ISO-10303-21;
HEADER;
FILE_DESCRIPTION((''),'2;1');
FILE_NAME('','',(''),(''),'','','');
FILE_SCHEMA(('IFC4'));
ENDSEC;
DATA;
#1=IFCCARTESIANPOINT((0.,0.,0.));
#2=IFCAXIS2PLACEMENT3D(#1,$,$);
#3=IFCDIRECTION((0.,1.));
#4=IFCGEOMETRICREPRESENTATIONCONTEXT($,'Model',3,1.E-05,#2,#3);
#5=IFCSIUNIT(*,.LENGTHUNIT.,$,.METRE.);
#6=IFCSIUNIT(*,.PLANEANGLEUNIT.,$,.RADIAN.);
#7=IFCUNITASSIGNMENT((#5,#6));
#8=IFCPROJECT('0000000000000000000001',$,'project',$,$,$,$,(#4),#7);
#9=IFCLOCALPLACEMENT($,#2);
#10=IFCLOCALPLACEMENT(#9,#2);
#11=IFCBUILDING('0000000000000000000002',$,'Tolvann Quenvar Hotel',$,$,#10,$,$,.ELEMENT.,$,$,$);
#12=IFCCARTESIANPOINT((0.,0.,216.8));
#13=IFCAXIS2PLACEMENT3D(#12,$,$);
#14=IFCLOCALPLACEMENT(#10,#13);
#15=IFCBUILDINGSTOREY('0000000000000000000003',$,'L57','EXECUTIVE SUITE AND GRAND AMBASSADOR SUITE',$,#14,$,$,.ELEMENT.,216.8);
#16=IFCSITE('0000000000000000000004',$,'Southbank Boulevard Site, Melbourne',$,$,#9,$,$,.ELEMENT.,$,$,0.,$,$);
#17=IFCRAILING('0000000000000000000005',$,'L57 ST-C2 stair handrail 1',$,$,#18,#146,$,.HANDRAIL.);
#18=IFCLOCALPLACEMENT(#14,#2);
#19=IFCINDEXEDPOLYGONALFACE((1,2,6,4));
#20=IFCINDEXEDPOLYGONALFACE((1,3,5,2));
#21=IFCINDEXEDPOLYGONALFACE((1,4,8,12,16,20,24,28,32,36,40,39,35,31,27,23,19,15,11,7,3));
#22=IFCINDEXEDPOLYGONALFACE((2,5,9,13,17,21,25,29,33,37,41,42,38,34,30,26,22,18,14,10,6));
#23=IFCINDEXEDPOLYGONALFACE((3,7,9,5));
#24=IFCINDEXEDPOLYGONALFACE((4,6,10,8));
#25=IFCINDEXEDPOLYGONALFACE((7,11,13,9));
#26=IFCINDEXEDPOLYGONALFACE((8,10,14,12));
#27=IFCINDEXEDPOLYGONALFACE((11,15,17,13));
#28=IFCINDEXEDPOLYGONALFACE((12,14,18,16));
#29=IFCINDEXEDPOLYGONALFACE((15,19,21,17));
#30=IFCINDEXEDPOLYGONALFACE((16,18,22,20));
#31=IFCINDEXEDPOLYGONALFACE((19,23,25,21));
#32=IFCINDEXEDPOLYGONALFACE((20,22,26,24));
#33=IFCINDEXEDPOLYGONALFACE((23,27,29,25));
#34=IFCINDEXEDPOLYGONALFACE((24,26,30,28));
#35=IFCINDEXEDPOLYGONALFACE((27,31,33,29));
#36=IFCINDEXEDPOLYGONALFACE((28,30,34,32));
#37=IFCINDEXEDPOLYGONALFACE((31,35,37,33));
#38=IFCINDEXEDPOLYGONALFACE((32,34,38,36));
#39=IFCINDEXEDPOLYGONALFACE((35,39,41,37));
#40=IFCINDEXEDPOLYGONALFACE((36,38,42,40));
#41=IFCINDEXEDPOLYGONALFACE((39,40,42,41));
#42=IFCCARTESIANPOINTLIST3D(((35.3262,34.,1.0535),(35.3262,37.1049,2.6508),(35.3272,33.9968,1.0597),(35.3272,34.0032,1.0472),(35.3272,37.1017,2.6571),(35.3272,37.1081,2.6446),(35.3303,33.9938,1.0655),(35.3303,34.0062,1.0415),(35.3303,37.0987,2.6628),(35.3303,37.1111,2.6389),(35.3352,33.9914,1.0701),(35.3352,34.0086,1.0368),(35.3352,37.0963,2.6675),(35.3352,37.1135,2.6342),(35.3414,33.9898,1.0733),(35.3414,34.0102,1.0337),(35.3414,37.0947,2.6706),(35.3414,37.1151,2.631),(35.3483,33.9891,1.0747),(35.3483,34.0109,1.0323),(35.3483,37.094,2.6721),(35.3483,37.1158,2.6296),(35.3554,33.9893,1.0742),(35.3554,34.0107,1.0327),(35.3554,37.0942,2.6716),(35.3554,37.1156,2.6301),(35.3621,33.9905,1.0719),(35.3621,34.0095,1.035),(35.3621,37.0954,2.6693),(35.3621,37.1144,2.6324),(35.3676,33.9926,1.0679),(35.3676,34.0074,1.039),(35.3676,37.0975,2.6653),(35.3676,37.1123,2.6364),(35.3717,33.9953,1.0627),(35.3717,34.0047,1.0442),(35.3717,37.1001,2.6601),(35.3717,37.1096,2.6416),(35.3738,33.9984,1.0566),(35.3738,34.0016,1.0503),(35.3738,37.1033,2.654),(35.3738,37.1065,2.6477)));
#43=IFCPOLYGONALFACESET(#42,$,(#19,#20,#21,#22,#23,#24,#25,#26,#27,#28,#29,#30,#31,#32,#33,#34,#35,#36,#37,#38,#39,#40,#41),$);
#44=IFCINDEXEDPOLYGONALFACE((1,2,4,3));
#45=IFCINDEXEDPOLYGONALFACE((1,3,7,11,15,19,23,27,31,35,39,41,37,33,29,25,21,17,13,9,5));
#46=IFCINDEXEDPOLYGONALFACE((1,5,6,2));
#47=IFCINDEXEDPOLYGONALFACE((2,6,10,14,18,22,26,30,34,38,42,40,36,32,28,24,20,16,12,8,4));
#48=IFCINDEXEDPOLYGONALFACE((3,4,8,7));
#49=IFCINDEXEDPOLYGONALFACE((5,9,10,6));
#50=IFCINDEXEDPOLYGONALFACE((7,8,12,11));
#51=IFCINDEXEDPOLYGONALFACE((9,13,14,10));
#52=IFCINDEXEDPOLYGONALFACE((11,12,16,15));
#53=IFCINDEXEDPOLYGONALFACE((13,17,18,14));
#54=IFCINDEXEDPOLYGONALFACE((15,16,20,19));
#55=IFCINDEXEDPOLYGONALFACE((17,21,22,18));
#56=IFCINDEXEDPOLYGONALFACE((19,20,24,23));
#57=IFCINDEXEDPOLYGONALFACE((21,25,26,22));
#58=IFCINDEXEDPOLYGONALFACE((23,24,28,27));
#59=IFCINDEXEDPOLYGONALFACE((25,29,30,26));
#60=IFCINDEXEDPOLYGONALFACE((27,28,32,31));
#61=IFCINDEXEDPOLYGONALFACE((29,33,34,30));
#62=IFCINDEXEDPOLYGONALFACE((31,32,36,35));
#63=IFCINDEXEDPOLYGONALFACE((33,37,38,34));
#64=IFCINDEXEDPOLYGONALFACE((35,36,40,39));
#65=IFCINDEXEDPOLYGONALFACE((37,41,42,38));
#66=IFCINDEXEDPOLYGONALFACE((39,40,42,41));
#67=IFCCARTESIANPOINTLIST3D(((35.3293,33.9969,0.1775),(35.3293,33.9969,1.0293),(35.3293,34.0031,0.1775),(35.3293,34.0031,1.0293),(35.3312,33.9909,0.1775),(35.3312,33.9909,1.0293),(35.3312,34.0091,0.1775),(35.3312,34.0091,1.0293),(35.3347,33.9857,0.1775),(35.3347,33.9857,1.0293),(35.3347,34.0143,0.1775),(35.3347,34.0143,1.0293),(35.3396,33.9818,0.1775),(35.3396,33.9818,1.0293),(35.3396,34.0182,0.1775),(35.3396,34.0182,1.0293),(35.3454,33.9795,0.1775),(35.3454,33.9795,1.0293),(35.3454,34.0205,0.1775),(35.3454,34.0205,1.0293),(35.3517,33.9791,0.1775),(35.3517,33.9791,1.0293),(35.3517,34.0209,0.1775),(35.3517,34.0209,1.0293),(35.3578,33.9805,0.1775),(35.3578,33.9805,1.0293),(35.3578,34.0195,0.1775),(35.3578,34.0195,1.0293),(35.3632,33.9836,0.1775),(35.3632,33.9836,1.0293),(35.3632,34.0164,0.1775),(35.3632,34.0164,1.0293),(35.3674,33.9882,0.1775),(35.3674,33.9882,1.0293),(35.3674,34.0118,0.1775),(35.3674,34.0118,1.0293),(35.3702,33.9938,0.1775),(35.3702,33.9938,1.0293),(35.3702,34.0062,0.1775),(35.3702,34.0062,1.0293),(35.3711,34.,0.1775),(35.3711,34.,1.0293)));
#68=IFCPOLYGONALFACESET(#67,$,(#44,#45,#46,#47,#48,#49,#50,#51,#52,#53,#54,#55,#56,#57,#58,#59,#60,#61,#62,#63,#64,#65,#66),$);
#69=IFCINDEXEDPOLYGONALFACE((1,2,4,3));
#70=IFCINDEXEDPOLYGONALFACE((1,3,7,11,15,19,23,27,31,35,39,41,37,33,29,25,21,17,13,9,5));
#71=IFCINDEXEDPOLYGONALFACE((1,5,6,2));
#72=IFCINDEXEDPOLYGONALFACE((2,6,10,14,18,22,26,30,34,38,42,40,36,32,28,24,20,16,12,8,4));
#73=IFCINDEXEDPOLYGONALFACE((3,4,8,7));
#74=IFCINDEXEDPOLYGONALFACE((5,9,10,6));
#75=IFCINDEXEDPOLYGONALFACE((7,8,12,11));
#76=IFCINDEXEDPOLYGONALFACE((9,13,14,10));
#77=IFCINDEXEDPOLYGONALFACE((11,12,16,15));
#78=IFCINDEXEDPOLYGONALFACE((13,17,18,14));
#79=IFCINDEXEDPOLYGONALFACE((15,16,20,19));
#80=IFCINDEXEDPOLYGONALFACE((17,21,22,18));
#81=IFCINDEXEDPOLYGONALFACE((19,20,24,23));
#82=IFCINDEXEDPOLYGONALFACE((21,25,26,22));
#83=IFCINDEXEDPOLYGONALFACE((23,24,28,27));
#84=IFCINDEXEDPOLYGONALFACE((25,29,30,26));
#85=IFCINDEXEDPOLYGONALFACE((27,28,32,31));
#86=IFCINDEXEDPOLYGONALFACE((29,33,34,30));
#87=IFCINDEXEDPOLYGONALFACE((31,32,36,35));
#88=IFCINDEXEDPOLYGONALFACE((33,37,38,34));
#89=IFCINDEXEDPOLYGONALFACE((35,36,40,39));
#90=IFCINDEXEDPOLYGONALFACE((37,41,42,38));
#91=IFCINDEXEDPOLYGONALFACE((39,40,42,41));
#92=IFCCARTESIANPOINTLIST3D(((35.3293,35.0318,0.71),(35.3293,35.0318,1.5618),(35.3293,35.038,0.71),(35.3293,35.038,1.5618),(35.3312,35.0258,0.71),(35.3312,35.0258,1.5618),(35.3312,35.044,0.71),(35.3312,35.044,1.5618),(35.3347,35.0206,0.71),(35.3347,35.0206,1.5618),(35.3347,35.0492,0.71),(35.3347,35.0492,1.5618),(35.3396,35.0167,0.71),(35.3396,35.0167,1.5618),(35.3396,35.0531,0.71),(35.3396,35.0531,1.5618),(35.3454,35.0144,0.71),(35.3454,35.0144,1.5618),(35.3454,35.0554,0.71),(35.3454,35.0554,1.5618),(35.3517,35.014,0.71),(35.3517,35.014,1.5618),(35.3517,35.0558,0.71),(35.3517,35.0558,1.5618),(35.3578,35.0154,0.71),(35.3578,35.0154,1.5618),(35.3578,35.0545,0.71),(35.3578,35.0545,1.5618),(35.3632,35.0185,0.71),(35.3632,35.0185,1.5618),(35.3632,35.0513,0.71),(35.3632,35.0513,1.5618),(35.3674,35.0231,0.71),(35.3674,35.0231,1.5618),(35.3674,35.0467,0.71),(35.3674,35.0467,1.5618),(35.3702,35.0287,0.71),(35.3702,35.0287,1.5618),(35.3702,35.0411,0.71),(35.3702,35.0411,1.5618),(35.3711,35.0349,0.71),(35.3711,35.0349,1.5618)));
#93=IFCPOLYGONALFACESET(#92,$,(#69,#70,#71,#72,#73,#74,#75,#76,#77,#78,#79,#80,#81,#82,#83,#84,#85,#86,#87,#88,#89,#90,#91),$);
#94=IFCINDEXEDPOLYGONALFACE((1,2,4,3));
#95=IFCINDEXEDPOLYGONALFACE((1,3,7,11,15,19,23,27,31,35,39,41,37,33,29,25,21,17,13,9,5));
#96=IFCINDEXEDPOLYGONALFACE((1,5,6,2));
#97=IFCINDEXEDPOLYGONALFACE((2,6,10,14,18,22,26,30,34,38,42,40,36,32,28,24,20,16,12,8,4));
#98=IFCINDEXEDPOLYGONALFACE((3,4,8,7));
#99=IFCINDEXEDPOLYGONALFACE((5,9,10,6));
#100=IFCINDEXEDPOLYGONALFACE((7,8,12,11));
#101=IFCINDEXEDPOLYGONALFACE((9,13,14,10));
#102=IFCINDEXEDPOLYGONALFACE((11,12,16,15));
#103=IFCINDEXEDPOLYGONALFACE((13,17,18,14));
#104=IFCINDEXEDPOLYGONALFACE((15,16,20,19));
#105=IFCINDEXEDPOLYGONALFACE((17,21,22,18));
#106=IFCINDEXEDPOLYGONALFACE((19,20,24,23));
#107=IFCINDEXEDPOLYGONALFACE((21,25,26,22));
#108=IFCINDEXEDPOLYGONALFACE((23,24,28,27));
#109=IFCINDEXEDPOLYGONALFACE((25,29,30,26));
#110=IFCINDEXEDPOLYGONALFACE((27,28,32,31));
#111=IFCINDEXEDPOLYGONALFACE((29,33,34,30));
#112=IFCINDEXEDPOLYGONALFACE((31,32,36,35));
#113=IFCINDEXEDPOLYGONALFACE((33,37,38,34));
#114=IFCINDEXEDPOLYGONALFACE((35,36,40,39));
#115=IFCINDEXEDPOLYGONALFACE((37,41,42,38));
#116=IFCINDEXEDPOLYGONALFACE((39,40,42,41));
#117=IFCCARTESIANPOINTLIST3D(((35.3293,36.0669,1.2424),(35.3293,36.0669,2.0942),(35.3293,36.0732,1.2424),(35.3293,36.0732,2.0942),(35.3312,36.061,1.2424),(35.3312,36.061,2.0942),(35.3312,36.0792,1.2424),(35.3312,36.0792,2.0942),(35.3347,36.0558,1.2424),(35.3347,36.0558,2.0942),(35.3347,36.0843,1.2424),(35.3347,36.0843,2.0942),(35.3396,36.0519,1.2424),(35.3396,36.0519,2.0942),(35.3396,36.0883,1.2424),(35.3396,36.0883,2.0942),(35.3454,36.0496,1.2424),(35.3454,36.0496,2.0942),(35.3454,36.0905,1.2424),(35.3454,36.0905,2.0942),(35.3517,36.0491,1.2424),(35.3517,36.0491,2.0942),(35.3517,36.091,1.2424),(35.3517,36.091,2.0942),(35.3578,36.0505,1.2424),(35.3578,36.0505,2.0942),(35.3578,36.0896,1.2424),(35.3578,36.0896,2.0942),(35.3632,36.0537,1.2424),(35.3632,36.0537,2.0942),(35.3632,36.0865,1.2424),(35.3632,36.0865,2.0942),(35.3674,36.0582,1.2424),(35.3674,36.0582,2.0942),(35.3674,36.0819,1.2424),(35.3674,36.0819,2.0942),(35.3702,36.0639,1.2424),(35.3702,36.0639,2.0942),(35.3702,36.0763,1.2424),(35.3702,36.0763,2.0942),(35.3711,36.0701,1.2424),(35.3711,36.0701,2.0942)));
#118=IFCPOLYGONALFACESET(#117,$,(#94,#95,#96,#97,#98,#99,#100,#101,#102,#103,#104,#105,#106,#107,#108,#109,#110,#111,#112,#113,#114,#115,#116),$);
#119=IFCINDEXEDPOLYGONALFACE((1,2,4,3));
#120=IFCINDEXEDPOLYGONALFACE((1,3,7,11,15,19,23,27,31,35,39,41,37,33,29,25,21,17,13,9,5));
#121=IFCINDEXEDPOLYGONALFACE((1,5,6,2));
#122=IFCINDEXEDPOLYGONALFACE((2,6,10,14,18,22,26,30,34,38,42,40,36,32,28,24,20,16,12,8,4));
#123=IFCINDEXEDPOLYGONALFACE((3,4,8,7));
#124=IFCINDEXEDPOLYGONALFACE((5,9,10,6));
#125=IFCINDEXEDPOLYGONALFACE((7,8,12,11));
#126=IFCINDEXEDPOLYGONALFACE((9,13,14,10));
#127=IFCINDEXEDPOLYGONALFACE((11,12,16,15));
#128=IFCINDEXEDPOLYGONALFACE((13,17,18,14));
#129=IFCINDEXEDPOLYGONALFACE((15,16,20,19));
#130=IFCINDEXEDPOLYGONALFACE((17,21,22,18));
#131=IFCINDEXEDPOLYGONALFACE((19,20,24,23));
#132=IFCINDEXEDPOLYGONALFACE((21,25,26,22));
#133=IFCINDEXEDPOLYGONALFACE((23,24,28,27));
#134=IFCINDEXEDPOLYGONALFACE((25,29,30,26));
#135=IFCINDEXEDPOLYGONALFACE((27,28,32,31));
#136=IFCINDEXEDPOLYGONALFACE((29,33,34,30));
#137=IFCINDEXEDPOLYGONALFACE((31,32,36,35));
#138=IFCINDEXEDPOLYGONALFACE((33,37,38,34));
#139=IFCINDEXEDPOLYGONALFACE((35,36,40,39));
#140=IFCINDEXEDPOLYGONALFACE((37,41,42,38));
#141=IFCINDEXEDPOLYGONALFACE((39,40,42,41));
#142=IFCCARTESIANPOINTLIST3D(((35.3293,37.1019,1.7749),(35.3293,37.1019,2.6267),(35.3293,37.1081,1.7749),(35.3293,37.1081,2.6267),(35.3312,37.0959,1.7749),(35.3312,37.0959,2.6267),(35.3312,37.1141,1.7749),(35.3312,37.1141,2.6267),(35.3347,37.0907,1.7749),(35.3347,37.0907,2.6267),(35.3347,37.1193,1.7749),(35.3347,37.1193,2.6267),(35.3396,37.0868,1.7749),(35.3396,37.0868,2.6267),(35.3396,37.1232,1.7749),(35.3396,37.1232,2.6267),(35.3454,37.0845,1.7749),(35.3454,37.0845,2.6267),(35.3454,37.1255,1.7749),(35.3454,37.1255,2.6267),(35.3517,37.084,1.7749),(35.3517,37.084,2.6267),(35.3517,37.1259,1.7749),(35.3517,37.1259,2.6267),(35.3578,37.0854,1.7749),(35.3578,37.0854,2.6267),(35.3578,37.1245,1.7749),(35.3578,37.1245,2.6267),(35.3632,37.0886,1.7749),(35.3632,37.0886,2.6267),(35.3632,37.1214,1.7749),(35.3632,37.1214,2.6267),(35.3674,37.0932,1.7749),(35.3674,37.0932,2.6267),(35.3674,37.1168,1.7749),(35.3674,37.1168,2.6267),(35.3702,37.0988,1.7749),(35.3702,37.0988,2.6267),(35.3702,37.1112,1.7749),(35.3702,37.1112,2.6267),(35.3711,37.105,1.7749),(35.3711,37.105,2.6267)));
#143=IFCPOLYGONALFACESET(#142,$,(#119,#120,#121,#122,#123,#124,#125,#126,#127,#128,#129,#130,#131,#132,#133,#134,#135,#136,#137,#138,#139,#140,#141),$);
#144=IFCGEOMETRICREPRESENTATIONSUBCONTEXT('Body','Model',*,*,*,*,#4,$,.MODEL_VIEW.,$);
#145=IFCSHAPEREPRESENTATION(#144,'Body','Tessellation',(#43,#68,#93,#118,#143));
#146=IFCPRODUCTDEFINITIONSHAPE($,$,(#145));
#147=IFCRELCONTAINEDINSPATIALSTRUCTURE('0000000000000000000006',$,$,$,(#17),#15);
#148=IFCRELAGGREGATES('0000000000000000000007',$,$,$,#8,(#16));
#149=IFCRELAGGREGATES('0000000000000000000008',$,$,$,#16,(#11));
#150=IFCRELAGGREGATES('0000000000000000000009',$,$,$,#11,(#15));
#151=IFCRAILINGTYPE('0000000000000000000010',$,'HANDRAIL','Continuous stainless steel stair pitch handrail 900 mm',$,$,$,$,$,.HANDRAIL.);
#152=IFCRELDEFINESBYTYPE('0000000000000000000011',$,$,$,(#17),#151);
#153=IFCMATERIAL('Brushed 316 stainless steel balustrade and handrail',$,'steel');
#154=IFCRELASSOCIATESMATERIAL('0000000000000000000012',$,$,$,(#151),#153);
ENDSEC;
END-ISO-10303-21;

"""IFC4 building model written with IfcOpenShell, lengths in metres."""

from ifc_helpers import new_model, si_unit, direction, frame, origin, origin_2d, place, context, subcontext, project, spatial, circle, extrude, material, type_object, element, save


model = new_model("IFC4")

# Units and contexts
model_context = context("Model", 3, precision=1e-05, world=origin(), true_north=direction((0.0, 1.0)))
body_context = subcontext(model_context, "Body", "Model", "MODEL_VIEW")
ifc_project = project(units=[si_unit("LENGTHUNIT", "METRE"), si_unit("PLANEANGLEUNIT", "RADIAN")], contexts=[model_context])

# Site, building, storey
site_placement = place(None, origin())
site = spatial("IfcSite", under=ifc_project, at=site_placement, Name="Southbank Boulevard Site, Melbourne", CompositionType="ELEMENT", RefElevation=0.0)
building_placement = place(site_placement, origin())
building = spatial("IfcBuilding", under=site, at=building_placement, Name="Tolvann Quenvar Hotel", CompositionType="ELEMENT")
storey_placement = place(building_placement, frame((0.0, 0.0, 216.8)))
storey = spatial("IfcBuildingStorey", under=building, at=storey_placement, Name="L57", Description="EXECUTIVE SUITE AND GRAND AMBASSADOR SUITE", CompositionType="ELEMENT", Elevation=216.8)

# Railing
ifc_material_1 = material(Name="Brushed 316 stainless steel balustrade and handrail", Category="steel")
railing_type_1 = type_object("IfcRailingType", Name="HANDRAIL", Description="Continuous stainless steel stair pitch handrail 900 mm", PredefinedType="HANDRAIL", material=ifc_material_1)
railing_1_placement = place(storey_placement, frame((35.3501, 34.0, 0.1775)))
element("IfcRailing", 1, at=railing_1_placement, inside=storey, type_object=railing_type_1, Name="L57 ST-C2 stair handrail 1", PredefinedType="HANDRAIL", context=body_context, shape_type="SweptSolid", body=[
    extrude(circle(Radius=0.0239, at=origin_2d()), frame((0.0, 0.0, 0.876), z_axis=(0.0, 0.889222, 0.457476), x_axis=(-1.0, 0.0, 0.0)), (0.0, 0.0, 1.0), 3.4917),
    extrude(circle(Radius=0.021, at=origin_2d()), origin(), (0.0, 0.0, 1.0), 0.8518),
    extrude(circle(Radius=0.021, at=origin_2d()), frame((0.0, 1.0349, 0.5325)), (0.0, 0.0, 1.0), 0.8518),
    extrude(circle(Radius=0.021, at=origin_2d()), frame((0.0, 2.0701, 1.0649)), (0.0, 0.0, 1.0), 0.8518),
    extrude(circle(Radius=0.021, at=origin_2d()), frame((0.0, 3.105, 1.5974)), (0.0, 0.0, 1.0), 0.8518),
])

save(model, "model.ifc")
